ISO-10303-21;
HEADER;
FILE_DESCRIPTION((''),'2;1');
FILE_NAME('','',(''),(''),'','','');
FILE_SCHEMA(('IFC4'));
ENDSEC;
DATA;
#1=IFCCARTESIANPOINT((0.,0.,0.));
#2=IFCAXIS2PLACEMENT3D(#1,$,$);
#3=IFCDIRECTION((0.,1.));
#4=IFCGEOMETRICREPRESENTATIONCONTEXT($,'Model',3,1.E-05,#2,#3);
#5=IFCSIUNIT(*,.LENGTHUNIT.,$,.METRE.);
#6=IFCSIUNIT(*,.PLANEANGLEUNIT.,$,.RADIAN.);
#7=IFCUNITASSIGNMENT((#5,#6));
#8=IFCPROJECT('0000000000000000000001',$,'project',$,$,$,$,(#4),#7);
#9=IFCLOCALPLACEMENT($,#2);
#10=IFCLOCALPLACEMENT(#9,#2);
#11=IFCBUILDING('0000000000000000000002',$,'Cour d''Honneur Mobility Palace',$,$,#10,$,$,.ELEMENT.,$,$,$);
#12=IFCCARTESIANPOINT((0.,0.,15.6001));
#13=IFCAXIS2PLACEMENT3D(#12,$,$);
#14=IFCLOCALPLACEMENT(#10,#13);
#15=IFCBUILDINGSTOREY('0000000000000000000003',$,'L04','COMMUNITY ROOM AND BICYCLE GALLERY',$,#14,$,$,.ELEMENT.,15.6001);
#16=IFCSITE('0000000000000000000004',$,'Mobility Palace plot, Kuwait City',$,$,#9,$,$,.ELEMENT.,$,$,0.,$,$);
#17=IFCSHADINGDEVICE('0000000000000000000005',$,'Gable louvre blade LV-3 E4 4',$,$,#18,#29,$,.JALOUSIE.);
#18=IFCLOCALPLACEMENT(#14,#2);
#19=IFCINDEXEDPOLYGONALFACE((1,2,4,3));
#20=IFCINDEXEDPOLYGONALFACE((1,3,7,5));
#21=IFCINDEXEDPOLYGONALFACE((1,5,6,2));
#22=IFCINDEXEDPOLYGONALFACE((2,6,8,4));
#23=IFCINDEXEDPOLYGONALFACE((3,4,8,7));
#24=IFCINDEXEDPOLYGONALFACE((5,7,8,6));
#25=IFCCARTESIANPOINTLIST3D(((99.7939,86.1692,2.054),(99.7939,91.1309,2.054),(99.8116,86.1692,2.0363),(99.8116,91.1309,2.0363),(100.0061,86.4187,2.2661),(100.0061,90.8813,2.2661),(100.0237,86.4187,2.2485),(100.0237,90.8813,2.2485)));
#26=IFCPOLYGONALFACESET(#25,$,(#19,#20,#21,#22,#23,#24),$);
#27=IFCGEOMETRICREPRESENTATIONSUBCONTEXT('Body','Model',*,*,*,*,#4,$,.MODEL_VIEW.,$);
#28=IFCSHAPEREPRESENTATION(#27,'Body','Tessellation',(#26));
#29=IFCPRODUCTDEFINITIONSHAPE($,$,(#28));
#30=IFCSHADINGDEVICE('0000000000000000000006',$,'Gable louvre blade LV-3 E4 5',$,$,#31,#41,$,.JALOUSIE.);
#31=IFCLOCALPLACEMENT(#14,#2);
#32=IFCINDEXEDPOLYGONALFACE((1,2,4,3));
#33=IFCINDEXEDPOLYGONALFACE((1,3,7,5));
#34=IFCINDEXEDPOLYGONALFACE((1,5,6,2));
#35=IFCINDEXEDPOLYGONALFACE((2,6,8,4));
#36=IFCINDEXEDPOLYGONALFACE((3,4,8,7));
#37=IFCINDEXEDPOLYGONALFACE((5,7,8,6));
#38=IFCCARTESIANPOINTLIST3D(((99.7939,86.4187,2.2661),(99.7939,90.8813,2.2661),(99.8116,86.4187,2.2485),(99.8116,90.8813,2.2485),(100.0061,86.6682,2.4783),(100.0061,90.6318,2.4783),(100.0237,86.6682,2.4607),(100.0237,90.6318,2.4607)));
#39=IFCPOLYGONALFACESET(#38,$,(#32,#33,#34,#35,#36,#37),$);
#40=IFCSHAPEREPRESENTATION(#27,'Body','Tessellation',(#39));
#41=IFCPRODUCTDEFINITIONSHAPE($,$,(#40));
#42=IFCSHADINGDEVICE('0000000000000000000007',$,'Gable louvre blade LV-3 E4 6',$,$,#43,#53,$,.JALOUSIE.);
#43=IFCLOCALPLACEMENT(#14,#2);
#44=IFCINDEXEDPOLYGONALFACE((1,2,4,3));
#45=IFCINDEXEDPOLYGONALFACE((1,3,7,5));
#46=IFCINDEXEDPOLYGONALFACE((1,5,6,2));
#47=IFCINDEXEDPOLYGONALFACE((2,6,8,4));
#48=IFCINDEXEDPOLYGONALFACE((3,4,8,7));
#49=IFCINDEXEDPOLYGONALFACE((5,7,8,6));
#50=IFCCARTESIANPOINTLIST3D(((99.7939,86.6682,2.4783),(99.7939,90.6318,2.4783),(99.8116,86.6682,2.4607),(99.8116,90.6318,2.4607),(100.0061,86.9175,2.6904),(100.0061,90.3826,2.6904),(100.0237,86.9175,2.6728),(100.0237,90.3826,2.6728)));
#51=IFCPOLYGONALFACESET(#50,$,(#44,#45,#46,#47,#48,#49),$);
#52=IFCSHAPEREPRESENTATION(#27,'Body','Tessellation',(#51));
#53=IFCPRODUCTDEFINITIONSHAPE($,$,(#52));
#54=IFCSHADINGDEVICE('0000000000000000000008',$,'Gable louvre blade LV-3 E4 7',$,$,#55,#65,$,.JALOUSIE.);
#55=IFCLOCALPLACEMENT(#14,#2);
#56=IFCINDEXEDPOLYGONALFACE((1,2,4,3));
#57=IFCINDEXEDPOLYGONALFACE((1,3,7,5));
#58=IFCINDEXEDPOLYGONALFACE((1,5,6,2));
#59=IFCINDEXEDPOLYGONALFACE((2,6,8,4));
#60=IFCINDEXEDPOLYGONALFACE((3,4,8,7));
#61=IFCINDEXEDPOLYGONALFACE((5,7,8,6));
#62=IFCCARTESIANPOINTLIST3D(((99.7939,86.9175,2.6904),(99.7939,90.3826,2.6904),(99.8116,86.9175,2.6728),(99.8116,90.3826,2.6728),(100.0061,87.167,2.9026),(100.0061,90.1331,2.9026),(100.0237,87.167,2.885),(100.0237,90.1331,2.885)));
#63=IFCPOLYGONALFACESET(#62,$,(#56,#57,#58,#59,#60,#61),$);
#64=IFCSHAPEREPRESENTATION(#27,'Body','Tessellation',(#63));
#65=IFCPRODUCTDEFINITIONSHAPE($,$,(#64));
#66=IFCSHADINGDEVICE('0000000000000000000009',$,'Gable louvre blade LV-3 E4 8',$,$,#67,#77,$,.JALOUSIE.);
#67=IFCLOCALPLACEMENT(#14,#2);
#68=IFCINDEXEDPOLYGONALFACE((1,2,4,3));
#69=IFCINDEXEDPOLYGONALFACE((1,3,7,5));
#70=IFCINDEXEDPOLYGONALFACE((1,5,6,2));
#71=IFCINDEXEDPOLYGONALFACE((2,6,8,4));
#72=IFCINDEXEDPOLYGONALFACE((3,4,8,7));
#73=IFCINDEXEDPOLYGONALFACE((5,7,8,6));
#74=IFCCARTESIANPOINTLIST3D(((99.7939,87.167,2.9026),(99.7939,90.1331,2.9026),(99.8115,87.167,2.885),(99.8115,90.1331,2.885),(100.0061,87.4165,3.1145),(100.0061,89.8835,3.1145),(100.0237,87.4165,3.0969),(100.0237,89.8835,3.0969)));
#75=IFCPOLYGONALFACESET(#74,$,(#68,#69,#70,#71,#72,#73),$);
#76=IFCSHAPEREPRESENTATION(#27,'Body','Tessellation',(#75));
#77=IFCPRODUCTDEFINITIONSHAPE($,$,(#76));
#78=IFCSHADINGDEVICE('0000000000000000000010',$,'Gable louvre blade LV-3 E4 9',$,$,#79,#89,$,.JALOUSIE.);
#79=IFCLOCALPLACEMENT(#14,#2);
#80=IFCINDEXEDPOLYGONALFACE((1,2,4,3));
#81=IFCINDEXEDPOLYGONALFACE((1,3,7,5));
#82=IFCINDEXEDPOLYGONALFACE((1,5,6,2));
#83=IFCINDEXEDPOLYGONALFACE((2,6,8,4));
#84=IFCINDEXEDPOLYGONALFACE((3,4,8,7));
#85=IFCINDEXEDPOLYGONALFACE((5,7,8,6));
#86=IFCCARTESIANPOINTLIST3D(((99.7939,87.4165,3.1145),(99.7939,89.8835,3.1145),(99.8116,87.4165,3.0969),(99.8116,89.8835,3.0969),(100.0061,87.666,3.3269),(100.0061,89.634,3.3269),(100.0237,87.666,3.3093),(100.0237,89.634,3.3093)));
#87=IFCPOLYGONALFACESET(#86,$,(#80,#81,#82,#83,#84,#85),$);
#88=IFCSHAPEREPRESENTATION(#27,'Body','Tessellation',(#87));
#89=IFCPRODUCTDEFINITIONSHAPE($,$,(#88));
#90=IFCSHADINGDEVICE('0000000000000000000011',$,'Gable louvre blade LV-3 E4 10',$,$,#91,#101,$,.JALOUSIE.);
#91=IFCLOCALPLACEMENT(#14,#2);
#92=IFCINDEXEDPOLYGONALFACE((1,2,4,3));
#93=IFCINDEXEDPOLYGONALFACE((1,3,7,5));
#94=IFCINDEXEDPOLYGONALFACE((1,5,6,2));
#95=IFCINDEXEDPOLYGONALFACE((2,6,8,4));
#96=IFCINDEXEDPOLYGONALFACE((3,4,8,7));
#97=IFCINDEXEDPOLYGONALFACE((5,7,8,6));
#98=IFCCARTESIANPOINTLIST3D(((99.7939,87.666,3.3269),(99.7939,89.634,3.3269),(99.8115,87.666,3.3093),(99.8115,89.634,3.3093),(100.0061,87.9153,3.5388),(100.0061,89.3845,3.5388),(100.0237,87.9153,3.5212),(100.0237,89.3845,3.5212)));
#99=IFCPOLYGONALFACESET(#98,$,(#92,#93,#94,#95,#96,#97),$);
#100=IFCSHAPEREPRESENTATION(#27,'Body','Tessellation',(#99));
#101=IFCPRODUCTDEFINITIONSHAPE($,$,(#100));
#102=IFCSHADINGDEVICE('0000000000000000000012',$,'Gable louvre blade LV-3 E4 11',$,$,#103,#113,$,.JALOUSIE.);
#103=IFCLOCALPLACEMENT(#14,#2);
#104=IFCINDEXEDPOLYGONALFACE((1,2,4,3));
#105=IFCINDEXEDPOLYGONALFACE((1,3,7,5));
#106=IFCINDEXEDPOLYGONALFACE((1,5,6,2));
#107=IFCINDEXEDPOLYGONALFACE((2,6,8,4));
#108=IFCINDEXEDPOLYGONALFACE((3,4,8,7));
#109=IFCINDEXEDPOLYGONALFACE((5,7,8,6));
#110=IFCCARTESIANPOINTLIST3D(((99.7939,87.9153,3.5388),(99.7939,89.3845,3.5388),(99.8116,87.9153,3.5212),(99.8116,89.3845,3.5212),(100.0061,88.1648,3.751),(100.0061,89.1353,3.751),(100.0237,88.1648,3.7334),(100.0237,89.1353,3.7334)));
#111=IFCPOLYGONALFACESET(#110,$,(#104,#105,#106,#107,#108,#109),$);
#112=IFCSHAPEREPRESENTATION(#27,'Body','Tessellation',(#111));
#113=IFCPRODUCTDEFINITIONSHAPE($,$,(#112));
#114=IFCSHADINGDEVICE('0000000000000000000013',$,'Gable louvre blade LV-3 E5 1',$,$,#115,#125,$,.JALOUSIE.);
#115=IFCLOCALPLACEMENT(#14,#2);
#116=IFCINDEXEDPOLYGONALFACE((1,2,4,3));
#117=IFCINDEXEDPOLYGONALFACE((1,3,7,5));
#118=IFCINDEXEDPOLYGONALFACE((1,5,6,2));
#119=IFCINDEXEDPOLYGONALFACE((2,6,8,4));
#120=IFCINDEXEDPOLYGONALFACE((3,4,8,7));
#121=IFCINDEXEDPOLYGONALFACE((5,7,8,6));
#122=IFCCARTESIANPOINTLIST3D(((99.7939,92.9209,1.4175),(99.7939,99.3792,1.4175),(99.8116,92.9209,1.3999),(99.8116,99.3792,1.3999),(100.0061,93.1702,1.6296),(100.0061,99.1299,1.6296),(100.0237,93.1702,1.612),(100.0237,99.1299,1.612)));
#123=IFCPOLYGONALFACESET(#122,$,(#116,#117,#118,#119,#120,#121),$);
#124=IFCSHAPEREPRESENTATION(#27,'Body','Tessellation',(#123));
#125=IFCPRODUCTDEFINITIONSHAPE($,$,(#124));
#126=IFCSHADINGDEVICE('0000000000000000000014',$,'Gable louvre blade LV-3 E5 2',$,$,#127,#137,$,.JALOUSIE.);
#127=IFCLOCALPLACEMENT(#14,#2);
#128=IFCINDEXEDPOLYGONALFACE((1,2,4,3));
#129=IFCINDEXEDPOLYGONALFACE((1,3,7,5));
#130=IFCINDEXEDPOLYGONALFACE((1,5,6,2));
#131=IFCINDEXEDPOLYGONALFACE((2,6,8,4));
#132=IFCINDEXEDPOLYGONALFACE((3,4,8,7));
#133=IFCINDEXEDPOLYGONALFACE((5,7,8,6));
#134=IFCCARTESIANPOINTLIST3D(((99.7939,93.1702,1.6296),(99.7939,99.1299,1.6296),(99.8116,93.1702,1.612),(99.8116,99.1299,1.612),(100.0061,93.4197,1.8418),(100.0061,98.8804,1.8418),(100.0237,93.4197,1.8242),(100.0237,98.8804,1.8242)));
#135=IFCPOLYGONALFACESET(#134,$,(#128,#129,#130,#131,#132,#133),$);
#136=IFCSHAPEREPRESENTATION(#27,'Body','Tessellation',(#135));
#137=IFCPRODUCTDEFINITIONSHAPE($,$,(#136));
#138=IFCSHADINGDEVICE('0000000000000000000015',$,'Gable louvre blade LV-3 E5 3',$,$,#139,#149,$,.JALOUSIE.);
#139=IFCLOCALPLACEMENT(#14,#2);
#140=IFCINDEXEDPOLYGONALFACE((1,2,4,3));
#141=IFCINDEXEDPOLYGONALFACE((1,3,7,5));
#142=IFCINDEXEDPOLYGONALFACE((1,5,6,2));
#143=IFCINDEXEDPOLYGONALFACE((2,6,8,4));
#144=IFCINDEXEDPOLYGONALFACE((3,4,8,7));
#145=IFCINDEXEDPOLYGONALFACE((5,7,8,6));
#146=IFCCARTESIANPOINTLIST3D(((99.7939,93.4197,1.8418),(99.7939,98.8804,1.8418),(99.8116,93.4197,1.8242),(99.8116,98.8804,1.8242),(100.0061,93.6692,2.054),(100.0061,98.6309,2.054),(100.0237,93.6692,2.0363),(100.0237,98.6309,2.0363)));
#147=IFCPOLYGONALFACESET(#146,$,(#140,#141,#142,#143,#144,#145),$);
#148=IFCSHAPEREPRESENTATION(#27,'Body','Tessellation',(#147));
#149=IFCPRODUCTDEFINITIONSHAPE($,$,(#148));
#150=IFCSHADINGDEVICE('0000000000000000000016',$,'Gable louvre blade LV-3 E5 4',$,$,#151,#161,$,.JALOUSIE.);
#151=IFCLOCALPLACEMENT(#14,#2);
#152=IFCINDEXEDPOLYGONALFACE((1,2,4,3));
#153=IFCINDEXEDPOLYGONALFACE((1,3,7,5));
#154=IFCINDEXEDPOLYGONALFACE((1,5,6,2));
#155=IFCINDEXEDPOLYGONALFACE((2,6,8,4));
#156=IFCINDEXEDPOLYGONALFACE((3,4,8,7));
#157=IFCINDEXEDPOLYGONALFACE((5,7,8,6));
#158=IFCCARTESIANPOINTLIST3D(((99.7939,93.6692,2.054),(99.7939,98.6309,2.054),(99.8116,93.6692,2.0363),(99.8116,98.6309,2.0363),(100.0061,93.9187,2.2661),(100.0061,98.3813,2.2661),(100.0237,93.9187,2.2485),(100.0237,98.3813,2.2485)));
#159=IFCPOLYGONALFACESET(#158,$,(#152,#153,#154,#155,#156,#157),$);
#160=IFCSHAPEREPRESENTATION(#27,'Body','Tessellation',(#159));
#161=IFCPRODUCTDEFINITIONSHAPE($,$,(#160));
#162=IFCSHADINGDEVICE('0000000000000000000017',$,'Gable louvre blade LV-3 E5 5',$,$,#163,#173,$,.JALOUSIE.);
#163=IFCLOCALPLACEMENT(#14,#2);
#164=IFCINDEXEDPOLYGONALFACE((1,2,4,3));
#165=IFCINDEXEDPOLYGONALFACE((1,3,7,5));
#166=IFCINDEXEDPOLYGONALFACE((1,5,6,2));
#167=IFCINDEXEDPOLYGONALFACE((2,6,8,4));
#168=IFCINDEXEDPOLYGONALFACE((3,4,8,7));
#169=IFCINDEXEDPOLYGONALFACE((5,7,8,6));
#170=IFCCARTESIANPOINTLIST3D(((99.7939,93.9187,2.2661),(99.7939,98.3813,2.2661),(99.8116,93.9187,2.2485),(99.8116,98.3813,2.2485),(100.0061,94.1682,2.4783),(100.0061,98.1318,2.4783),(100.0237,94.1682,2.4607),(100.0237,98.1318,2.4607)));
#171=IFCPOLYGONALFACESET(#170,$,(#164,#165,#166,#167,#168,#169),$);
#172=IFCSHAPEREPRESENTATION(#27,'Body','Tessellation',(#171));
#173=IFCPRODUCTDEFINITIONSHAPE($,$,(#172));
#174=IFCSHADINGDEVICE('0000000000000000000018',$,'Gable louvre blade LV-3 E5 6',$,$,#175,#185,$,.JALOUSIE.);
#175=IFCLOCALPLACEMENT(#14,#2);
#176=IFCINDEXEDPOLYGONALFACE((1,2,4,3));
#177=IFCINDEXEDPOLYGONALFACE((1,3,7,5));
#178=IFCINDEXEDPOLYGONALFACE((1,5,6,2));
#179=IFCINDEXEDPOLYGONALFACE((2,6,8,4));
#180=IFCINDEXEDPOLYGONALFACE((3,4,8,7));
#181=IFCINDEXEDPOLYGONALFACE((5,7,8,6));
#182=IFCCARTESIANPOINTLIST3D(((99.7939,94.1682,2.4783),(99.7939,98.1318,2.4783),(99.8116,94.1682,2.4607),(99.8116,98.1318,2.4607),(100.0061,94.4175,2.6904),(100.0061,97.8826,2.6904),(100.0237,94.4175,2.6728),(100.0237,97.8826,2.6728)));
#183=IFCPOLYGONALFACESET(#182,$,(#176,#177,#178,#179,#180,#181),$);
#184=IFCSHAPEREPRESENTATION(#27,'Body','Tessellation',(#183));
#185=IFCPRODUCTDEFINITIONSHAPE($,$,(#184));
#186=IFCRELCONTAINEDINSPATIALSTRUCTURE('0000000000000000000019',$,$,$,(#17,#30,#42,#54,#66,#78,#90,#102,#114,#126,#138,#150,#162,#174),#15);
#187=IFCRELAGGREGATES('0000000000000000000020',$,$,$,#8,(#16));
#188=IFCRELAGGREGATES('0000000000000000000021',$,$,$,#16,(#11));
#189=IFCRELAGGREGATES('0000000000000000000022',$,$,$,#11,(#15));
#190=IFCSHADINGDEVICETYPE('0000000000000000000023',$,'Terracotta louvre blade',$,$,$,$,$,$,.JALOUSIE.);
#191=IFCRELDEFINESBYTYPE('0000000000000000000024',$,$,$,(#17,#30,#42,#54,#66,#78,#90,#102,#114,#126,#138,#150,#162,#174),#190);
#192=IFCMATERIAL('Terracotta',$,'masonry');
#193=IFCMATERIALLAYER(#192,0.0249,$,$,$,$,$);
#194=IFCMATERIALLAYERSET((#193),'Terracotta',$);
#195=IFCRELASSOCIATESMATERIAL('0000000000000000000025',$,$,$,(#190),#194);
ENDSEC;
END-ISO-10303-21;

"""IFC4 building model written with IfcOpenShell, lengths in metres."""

from ifc_helpers import new_model, si_unit, direction, frame, origin, place, context, subcontext, project, spatial, polyline, outline, extrude, material, layer, layer_set, type_object, element, save


model = new_model("IFC4")

# Units and contexts
model_context = context("Model", 3, precision=1e-05, world=origin(), true_north=direction((0.0, 1.0)))
body_context = subcontext(model_context, "Body", "Model", "MODEL_VIEW")
ifc_project = project(units=[si_unit("LENGTHUNIT", "METRE"), si_unit("PLANEANGLEUNIT", "RADIAN")], contexts=[model_context])

# Site, building, storey
site_placement = place(None, origin())
site = spatial("IfcSite", under=ifc_project, at=site_placement, Name="Mobility Palace plot, Kuwait City", CompositionType="ELEMENT", RefElevation=0.0)
building_placement = place(site_placement, origin())
building = spatial("IfcBuilding", under=site, at=building_placement, Name="Cour d'Honneur Mobility Palace", CompositionType="ELEMENT")
storey_placement = place(building_placement, frame((0.0, 0.0, 15.6001)))
storey = spatial("IfcBuildingStorey", under=building, at=storey_placement, Name="L04", Description="COMMUNITY ROOM AND BICYCLE GALLERY", CompositionType="ELEMENT", Elevation=15.6001)

# Shading devices
ifc_material = material(Name="Terracotta", Category="masonry")
ifc_layer = layer(ifc_material, 0.0249)
ifc_layer_set = layer_set([ifc_layer], Name="Terracotta")
shading_device_type = type_object("IfcShadingDeviceType", Name="Terracotta louvre blade", PredefinedType="JALOUSIE", material=ifc_layer_set)
shading_device_1_placement = place(storey_placement, frame((99.7939, 86.1692, 2.054), z_axis=(-0.707107, 0.0, 0.707107), x_axis=(0.0, 1.0, 0.0)))
element("IfcShadingDevice", 1, at=shading_device_1_placement, inside=storey, type_object=shading_device_type, Name="Gable louvre blade LV-3 E4 4", PredefinedType="JALOUSIE", context=body_context, shape_type="SweptSolid", body=[
    extrude(outline(polyline([(0.0, 0.0), (4.9617, 0.0), (4.7122, -0.3), (0.2495, -0.3), (0.0, 0.0)])), origin(), (0.0, 0.0, -1.0), 0.0249),
])
shading_device_2_placement = place(storey_placement, frame((99.7939, 86.4187, 2.2661), z_axis=(-0.707107, 0.0, 0.707107), x_axis=(0.0, 1.0, 0.0)))
element("IfcShadingDevice", 2, at=shading_device_2_placement, inside=storey, type_object=shading_device_type, Name="Gable louvre blade LV-3 E4 5", PredefinedType="JALOUSIE", context=body_context, shape_type="SweptSolid", body=[
    extrude(outline(polyline([(0.0, 0.0), (4.4626, 0.0), (4.2131, -0.3), (0.2495, -0.3), (0.0, 0.0)])), origin(), (0.0, 0.0, -1.0), 0.0249),
])
shading_device_3_placement = place(storey_placement, frame((99.7939, 86.6682, 2.4783), z_axis=(-0.707107, 0.0, 0.707107), x_axis=(0.0, 1.0, 0.0)))
element("IfcShadingDevice", 3, at=shading_device_3_placement, inside=storey, type_object=shading_device_type, Name="Gable louvre blade LV-3 E4 6", PredefinedType="JALOUSIE", context=body_context, shape_type="SweptSolid", body=[
    extrude(outline(polyline([(0.0, 0.0), (3.9636, 0.0), (3.7144, -0.3), (0.2493, -0.3), (0.0, 0.0)])), origin(), (0.0, 0.0, -1.0), 0.0249),
])
shading_device_4_placement = place(storey_placement, frame((99.7939, 86.9175, 2.6904), z_axis=(-0.707107, 0.0, 0.707107), x_axis=(0.0, 1.0, 0.0)))
element("IfcShadingDevice", 4, at=shading_device_4_placement, inside=storey, type_object=shading_device_type, Name="Gable louvre blade LV-3 E4 7", PredefinedType="JALOUSIE", context=body_context, shape_type="SweptSolid", body=[
    extrude(outline(polyline([(0.0, 0.0), (3.4651, 0.0), (3.2156, -0.3), (0.2495, -0.3), (0.0, 0.0)])), origin(), (0.0, 0.0, -1.0), 0.0249),
])
shading_device_5_placement = place(storey_placement, frame((99.7939, 87.167, 2.9026), z_axis=(-0.7067, 0.0, 0.707514), x_axis=(0.0, 1.0, 0.0)))
element("IfcShadingDevice", 5, at=shading_device_5_placement, inside=storey, type_object=shading_device_type, Name="Gable louvre blade LV-3 E4 8", PredefinedType="JALOUSIE", context=body_context, shape_type="SweptSolid", body=[
    extrude(outline(polyline([(0.0, 0.0), (2.9661, 0.0), (2.7166, -0.2999), (0.2495, -0.2999), (0.0, 0.0)])), origin(), (0.0, 0.0, -1.0), 0.0249),
])
shading_device_6_placement = place(storey_placement, frame((99.7939, 87.4165, 3.1145), z_axis=(-0.707513, 0.0, 0.7067), x_axis=(0.0, 1.0, 0.0)))
element("IfcShadingDevice", 6, at=shading_device_6_placement, inside=storey, type_object=shading_device_type, Name="Gable louvre blade LV-3 E4 9", PredefinedType="JALOUSIE", context=body_context, shape_type="SweptSolid", body=[
    extrude(outline(polyline([(0.0, 0.0), (2.467, 0.0), (2.2175, -0.3002), (0.2495, -0.3002), (0.0, 0.0)])), origin(), (0.0, 0.0, -1.0), 0.0249),
])
shading_device_7_placement = place(storey_placement, frame((99.7939, 87.666, 3.3269), z_axis=(-0.7067, 0.0, 0.707514), x_axis=(0.0, 1.0, 0.0)))
element("IfcShadingDevice", 7, at=shading_device_7_placement, inside=storey, type_object=shading_device_type, Name="Gable louvre blade LV-3 E4 10", PredefinedType="JALOUSIE", context=body_context, shape_type="SweptSolid", body=[
    extrude(outline(polyline([(0.0, 0.0), (1.968, 0.0), (1.7185, -0.2999), (0.2493, -0.2999), (0.0, 0.0)])), origin(), (0.0, 0.0, -1.0), 0.0249),
])
shading_device_8_placement = place(storey_placement, frame((99.7939, 87.9153, 3.5388), z_axis=(-0.707107, 0.0, 0.707107), x_axis=(0.0, 1.0, 0.0)))
element("IfcShadingDevice", 8, at=shading_device_8_placement, inside=storey, type_object=shading_device_type, Name="Gable louvre blade LV-3 E4 11", PredefinedType="JALOUSIE", context=body_context, shape_type="SweptSolid", body=[
    extrude(outline(polyline([(0.0, 0.0), (1.4692, 0.0), (1.22, -0.3), (0.2495, -0.3), (0.0, 0.0)])), origin(), (0.0, 0.0, -1.0), 0.0249),
])
shading_device_9_placement = place(storey_placement, frame((99.7939, 92.9209, 1.4175), z_axis=(-0.707107, 0.0, 0.707107), x_axis=(0.0, 1.0, 0.0)))
element("IfcShadingDevice", 9, at=shading_device_9_placement, inside=storey, type_object=shading_device_type, Name="Gable louvre blade LV-3 E5 1", PredefinedType="JALOUSIE", context=body_context, shape_type="SweptSolid", body=[
    extrude(outline(polyline([(0.0, 0.0), (6.4583, 0.0), (6.209, -0.3), (0.2493, -0.3), (0.0, 0.0)])), origin(), (0.0, 0.0, -1.0), 0.0249),
])
shading_device_10_placement = place(storey_placement, frame((99.7939, 93.1702, 1.6296), z_axis=(-0.707107, 0.0, 0.707107), x_axis=(0.0, 1.0, 0.0)))
element("IfcShadingDevice", 10, at=shading_device_10_placement, inside=storey, type_object=shading_device_type, Name="Gable louvre blade LV-3 E5 2", PredefinedType="JALOUSIE", context=body_context, shape_type="SweptSolid", body=[
    extrude(outline(polyline([(0.0, 0.0), (5.9597, 0.0), (5.7102, -0.3), (0.2495, -0.3), (0.0, 0.0)])), origin(), (0.0, 0.0, -1.0), 0.0249),
])
shading_device_11_placement = place(storey_placement, frame((99.7939, 93.4197, 1.8418), z_axis=(-0.707107, 0.0, 0.707107), x_axis=(0.0, 1.0, 0.0)))
element("IfcShadingDevice", 11, at=shading_device_11_placement, inside=storey, type_object=shading_device_type, Name="Gable louvre blade LV-3 E5 3", PredefinedType="JALOUSIE", context=body_context, shape_type="SweptSolid", body=[
    extrude(outline(polyline([(0.0, 0.0), (5.4607, 0.0), (5.2112, -0.3), (0.2495, -0.3), (0.0, 0.0)])), origin(), (0.0, 0.0, -1.0), 0.0249),
])
shading_device_12_placement = place(storey_placement, frame((99.7939, 93.6692, 2.054), z_axis=(-0.707107, 0.0, 0.707107), x_axis=(0.0, 1.0, 0.0)))
element("IfcShadingDevice", 12, at=shading_device_12_placement, inside=storey, type_object=shading_device_type, Name="Gable louvre blade LV-3 E5 4", PredefinedType="JALOUSIE", context=body_context, shape_type="SweptSolid", body=[
    extrude(outline(polyline([(0.0, 0.0), (4.9617, 0.0), (4.7122, -0.3), (0.2495, -0.3), (0.0, 0.0)])), origin(), (0.0, 0.0, -1.0), 0.0249),
])
shading_device_13_placement = place(storey_placement, frame((99.7939, 93.9187, 2.2661), z_axis=(-0.707107, 0.0, 0.707107), x_axis=(0.0, 1.0, 0.0)))
element("IfcShadingDevice", 13, at=shading_device_13_placement, inside=storey, type_object=shading_device_type, Name="Gable louvre blade LV-3 E5 5", PredefinedType="JALOUSIE", context=body_context, shape_type="SweptSolid", body=[
    extrude(outline(polyline([(0.0, 0.0), (4.4626, 0.0), (4.2131, -0.3), (0.2495, -0.3), (0.0, 0.0)])), origin(), (0.0, 0.0, -1.0), 0.0249),
])
shading_device_14_placement = place(storey_placement, frame((99.7939, 94.1682, 2.4783), z_axis=(-0.707107, 0.0, 0.707107), x_axis=(0.0, 1.0, 0.0)))
element("IfcShadingDevice", 14, at=shading_device_14_placement, inside=storey, type_object=shading_device_type, Name="Gable louvre blade LV-3 E5 6", PredefinedType="JALOUSIE", context=body_context, shape_type="SweptSolid", body=[
    extrude(outline(polyline([(0.0, 0.0), (3.9636, 0.0), (3.7144, -0.3), (0.2493, -0.3), (0.0, 0.0)])), origin(), (0.0, 0.0, -1.0), 0.0249),
])

save(model, "model.ifc")
